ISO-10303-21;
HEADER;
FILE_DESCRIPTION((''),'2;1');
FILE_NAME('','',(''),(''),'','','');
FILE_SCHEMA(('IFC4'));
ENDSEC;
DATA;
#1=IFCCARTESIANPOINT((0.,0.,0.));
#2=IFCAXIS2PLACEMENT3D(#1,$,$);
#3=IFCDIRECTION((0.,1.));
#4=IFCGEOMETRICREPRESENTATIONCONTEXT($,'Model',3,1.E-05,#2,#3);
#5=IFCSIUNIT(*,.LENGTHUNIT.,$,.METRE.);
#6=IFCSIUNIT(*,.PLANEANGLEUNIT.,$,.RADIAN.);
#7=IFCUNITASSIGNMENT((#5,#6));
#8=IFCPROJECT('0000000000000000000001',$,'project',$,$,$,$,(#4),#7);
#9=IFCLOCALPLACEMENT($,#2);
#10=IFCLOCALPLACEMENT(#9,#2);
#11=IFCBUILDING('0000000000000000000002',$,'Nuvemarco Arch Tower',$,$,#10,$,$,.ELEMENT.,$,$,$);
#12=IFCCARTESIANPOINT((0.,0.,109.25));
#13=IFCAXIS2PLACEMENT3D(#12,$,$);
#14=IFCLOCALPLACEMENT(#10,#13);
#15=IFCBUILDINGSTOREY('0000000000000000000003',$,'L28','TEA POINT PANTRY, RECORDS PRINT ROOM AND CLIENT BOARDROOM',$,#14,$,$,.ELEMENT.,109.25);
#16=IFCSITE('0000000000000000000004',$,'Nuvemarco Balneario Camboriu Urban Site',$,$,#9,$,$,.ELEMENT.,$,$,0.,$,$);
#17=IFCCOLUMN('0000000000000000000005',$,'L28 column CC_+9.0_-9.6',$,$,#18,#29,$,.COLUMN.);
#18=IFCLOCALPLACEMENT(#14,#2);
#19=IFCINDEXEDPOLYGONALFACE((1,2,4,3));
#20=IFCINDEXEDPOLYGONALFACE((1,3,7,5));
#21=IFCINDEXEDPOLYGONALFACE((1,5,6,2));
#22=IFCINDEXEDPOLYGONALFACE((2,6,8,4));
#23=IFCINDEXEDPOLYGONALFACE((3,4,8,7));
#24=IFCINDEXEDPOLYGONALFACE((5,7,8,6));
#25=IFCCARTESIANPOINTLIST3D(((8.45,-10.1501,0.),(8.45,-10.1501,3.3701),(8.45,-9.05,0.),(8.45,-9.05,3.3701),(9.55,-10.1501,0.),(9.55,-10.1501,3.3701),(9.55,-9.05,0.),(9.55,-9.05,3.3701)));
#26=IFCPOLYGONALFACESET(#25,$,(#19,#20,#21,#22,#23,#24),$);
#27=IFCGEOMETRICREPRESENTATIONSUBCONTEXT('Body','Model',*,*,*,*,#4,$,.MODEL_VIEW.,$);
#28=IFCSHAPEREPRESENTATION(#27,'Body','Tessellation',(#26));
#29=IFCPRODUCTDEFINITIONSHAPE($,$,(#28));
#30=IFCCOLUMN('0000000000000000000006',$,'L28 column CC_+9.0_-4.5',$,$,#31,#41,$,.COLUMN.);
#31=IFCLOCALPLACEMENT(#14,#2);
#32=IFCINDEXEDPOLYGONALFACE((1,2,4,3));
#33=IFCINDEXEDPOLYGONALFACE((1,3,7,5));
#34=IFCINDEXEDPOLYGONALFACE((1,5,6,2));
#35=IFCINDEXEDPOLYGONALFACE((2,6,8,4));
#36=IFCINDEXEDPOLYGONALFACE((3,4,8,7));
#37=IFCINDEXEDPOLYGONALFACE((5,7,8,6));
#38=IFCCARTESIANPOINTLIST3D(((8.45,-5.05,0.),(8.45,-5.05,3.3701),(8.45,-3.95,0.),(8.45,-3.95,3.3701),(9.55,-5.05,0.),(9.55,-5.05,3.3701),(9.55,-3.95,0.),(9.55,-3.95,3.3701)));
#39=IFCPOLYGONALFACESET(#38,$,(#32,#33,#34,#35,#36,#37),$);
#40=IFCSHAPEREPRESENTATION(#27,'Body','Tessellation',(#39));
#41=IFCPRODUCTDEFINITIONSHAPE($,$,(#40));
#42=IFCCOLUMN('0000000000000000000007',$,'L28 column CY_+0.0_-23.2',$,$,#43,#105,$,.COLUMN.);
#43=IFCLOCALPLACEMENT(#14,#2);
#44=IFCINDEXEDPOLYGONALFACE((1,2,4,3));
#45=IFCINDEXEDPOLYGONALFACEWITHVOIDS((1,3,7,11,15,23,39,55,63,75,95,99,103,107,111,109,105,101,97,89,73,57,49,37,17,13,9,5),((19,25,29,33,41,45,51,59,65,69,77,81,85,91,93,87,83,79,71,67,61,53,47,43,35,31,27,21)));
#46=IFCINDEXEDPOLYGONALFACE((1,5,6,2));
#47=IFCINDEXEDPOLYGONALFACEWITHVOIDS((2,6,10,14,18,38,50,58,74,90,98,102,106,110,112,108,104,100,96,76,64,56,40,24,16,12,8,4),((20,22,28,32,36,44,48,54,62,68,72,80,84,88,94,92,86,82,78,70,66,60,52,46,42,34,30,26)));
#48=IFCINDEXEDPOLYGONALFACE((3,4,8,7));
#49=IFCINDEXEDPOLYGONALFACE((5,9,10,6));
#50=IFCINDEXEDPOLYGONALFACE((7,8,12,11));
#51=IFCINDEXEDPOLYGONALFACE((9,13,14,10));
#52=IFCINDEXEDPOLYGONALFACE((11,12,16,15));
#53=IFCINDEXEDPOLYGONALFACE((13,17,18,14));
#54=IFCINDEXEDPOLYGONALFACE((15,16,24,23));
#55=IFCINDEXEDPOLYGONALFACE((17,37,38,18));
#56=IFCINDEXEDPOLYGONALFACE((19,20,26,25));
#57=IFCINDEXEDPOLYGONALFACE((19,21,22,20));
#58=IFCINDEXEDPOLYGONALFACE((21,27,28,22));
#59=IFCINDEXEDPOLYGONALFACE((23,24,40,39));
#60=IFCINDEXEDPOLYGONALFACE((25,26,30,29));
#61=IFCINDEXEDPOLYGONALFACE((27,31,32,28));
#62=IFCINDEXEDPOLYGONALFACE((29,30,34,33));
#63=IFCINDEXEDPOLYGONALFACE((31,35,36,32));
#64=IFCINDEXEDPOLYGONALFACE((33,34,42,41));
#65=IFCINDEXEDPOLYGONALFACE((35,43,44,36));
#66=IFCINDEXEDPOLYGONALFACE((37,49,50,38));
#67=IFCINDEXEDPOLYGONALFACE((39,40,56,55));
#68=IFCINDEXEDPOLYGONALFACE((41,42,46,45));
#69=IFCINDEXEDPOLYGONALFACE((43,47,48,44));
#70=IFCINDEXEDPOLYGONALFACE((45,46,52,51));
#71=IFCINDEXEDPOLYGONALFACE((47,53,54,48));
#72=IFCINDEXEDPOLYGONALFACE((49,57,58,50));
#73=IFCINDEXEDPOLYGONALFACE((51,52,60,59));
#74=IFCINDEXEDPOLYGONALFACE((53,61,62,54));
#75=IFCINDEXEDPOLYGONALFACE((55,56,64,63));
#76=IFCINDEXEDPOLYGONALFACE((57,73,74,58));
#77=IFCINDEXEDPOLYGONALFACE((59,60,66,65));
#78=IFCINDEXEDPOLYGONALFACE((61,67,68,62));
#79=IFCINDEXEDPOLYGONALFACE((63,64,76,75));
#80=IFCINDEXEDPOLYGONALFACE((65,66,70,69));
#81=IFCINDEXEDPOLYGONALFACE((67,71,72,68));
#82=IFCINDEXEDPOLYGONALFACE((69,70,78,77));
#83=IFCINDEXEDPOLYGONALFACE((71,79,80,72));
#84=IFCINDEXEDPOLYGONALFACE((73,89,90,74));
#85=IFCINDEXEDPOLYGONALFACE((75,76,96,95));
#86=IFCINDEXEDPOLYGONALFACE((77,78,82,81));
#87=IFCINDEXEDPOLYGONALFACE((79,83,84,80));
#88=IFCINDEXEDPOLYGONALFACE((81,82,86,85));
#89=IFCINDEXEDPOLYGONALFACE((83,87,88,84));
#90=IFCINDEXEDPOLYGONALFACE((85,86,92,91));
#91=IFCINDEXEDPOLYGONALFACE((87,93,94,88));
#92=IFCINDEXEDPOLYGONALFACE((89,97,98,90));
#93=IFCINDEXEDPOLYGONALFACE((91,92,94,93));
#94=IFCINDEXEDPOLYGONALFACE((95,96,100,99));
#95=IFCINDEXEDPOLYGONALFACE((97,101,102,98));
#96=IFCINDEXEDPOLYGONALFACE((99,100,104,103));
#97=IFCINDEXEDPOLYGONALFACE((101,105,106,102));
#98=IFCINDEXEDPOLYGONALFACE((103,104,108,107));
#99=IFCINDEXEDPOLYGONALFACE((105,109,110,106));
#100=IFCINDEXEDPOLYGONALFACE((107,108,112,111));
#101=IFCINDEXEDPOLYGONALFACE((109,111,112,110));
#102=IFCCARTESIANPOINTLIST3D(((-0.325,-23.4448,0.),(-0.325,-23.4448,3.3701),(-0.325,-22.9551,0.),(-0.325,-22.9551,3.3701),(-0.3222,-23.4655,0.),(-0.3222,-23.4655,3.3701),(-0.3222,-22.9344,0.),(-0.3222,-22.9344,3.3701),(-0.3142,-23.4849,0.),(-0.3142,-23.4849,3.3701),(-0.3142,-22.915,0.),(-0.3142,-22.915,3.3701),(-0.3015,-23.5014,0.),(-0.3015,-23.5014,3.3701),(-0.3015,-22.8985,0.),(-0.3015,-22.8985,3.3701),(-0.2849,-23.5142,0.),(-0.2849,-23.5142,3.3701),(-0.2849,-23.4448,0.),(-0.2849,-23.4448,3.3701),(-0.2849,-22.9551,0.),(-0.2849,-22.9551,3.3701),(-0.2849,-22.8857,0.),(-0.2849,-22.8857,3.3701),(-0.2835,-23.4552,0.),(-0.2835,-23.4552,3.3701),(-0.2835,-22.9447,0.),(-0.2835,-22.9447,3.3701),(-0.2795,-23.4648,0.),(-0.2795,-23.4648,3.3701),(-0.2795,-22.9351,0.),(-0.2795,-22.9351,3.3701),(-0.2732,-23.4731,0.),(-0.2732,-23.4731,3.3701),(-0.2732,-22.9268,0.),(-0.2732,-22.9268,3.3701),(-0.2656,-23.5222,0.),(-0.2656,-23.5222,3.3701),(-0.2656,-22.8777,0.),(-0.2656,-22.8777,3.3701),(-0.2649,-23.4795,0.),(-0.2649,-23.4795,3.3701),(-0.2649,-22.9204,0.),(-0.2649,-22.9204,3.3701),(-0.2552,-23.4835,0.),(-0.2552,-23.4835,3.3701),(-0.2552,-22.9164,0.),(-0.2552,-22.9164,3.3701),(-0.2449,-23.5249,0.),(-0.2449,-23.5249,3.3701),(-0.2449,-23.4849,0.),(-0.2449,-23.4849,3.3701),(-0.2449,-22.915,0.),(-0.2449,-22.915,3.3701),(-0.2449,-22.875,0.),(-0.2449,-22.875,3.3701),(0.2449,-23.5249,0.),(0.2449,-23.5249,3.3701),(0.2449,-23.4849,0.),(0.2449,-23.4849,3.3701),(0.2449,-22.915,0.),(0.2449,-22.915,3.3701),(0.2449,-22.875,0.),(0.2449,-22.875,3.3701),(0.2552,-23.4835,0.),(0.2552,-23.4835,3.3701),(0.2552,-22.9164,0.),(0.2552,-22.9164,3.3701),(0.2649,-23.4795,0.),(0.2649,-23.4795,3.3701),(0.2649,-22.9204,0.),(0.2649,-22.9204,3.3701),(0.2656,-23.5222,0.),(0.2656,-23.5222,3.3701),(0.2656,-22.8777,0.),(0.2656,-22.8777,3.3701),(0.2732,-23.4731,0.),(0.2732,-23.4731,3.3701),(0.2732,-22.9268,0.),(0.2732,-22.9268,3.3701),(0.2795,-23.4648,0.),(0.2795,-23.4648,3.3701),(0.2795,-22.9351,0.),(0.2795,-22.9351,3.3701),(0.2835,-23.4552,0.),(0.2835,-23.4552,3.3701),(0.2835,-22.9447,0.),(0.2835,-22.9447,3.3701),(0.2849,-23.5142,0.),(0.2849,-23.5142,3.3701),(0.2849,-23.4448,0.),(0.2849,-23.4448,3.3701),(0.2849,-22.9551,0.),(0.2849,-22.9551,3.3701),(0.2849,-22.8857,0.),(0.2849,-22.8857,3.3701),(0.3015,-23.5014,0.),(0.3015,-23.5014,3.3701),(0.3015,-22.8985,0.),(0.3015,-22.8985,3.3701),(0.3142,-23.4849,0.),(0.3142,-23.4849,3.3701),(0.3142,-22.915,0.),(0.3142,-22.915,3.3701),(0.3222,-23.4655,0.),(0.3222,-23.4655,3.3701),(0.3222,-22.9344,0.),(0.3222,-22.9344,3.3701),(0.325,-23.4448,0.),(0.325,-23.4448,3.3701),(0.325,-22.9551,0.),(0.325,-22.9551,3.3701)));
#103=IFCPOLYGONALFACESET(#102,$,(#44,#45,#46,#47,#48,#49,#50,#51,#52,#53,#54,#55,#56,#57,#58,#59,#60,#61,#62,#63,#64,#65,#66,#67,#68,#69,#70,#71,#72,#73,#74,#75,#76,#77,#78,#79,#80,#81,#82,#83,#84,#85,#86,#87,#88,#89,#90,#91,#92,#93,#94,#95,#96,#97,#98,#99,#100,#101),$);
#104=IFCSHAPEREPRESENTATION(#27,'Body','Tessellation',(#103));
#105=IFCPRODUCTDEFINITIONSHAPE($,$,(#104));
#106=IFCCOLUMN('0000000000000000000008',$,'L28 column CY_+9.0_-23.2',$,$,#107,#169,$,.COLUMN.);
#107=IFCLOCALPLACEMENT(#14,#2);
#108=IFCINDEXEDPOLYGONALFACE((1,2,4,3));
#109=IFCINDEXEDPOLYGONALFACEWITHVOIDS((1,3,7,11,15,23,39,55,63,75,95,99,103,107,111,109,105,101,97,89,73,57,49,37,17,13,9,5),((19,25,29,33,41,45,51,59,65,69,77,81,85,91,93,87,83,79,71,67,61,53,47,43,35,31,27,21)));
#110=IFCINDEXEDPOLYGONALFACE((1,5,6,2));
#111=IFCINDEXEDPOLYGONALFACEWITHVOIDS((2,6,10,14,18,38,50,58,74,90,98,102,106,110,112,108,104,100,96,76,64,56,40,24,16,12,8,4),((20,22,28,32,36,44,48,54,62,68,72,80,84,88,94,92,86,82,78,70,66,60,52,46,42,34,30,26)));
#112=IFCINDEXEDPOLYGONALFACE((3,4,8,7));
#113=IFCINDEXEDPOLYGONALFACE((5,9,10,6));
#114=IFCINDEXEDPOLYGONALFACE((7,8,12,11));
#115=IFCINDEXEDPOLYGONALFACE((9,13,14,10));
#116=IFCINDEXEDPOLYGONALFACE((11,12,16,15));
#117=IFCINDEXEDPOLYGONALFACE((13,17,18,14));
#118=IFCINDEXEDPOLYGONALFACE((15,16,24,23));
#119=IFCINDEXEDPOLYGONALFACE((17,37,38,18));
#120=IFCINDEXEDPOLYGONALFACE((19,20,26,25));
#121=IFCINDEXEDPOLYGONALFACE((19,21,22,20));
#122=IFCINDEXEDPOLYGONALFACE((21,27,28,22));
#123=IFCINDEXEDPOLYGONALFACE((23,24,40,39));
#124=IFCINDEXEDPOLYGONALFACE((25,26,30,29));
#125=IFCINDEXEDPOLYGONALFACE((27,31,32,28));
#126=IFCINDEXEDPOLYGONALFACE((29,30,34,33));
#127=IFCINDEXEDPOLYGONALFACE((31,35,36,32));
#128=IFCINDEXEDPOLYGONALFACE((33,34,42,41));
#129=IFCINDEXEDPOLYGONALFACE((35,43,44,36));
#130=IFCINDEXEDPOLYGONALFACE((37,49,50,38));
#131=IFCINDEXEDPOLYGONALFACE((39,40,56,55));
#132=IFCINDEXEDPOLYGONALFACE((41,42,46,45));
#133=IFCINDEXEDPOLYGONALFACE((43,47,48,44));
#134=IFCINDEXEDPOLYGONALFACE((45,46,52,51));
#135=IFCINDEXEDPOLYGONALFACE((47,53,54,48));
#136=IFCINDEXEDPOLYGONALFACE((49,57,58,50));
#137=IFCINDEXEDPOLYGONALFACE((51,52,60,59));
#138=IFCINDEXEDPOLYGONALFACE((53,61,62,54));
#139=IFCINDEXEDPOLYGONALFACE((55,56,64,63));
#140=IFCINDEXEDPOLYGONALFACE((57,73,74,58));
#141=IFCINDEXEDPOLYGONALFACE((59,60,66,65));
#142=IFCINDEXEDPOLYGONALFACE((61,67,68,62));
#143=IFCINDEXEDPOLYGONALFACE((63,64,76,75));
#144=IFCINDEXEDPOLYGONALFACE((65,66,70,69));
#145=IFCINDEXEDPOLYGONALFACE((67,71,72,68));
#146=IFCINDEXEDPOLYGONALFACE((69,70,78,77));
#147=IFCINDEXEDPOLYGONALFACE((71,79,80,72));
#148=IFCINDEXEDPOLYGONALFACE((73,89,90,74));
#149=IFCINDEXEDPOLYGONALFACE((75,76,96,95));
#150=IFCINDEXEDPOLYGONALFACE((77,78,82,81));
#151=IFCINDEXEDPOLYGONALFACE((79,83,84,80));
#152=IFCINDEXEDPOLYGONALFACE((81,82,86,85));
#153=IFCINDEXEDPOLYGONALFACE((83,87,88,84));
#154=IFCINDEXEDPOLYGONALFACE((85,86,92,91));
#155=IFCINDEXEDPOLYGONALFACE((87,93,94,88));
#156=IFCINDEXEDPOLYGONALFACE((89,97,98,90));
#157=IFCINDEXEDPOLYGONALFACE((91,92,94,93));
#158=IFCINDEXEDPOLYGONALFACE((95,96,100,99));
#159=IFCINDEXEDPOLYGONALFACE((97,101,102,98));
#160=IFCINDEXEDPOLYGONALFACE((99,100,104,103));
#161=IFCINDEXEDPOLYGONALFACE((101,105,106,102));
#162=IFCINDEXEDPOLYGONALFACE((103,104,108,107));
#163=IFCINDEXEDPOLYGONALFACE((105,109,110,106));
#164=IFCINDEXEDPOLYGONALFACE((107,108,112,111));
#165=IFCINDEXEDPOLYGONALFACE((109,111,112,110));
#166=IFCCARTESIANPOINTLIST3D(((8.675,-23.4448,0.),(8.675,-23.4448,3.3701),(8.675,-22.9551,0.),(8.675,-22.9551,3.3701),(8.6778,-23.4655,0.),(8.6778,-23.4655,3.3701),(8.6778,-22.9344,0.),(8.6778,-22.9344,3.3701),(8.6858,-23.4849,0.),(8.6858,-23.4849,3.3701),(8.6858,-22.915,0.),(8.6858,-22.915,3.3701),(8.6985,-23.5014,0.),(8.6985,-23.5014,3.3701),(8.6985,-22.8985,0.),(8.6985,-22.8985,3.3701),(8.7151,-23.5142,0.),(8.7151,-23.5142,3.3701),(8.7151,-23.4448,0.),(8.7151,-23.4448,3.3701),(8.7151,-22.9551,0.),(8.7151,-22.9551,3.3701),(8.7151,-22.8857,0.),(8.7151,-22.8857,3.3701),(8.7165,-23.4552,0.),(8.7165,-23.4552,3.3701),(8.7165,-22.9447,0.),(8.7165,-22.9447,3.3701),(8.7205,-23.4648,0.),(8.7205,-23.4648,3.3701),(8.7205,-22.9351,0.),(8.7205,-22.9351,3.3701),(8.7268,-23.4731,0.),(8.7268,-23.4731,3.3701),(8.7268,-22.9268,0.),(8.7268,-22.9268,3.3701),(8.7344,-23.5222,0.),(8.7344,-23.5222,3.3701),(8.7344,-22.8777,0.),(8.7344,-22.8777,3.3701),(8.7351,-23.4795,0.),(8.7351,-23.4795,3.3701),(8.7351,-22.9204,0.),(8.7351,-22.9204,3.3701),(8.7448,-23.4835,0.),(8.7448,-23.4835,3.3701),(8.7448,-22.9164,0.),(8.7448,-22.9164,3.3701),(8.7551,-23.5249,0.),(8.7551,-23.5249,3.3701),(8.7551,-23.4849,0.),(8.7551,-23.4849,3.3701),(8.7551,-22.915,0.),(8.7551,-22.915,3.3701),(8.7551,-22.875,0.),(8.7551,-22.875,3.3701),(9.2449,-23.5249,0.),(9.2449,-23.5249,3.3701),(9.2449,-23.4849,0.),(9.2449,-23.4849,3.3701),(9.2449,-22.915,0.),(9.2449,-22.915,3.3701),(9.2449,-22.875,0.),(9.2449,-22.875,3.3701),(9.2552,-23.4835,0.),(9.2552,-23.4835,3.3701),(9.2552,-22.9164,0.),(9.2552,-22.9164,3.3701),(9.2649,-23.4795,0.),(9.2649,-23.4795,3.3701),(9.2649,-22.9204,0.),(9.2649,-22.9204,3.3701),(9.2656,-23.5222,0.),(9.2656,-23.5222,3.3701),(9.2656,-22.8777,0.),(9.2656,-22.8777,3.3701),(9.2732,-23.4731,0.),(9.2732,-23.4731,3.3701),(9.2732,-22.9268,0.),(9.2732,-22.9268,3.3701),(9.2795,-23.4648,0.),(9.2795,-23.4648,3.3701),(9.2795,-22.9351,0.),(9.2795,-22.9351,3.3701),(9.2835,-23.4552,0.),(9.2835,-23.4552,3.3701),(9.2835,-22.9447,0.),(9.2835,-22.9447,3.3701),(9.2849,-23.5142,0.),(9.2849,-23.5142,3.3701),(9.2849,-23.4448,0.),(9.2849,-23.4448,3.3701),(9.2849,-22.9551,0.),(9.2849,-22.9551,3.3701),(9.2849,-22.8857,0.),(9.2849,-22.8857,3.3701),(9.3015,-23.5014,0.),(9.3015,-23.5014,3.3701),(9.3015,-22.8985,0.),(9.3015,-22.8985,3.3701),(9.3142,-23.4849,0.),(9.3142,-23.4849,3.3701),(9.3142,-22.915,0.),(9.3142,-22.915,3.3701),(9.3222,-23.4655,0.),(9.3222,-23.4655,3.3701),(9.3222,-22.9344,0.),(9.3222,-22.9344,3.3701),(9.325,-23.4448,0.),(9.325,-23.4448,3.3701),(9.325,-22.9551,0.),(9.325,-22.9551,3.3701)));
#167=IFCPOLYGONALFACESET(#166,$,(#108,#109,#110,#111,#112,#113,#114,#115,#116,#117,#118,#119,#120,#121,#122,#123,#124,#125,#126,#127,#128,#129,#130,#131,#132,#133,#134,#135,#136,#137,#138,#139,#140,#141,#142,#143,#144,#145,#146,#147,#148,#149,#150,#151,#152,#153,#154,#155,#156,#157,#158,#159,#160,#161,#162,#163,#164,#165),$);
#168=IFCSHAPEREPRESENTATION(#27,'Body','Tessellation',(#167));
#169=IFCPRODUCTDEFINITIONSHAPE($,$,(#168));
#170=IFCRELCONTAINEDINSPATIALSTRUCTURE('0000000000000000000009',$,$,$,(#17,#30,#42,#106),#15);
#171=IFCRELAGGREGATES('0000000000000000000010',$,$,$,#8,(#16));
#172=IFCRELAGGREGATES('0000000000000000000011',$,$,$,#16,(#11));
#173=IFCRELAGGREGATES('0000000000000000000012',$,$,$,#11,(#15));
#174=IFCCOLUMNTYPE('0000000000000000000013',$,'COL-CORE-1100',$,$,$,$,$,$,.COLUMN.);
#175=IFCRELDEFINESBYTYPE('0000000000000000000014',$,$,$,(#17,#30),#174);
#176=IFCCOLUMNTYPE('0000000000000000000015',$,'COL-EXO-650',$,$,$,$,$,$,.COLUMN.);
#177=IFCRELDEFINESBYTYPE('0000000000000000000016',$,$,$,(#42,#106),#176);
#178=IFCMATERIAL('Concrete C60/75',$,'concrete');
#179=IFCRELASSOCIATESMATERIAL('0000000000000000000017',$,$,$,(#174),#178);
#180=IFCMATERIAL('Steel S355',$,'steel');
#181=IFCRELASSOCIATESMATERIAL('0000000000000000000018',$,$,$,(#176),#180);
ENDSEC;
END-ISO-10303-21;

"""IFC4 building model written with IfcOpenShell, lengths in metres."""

from ifc_helpers import new_model, si_unit, direction, frame, origin, origin_2d, place, context, subcontext, project, spatial, rectangle, hollow_rectangle, extrude, material, material_profile, profile_set, type_object, element, save


model = new_model("IFC4")

# Units and contexts
model_context = context("Model", 3, precision=1e-05, world=origin(), true_north=direction((0.0, 1.0)))
body_context = subcontext(model_context, "Body", "Model", "MODEL_VIEW")
ifc_project = project(units=[si_unit("LENGTHUNIT", "METRE"), si_unit("PLANEANGLEUNIT", "RADIAN")], contexts=[model_context])

# Site, building, storey
site_placement = place(None, origin())
site = spatial("IfcSite", under=ifc_project, at=site_placement, Name="Nuvemarco Balneario Camboriu Urban Site", CompositionType="ELEMENT", RefElevation=0.0)
building_placement = place(site_placement, origin())
building = spatial("IfcBuilding", under=site, at=building_placement, Name="Nuvemarco Arch Tower", CompositionType="ELEMENT")
storey_placement = place(building_placement, frame((0.0, 0.0, 109.25)))
storey = spatial("IfcBuildingStorey", under=building, at=storey_placement, Name="L28", Description="TEA POINT PANTRY, RECORDS PRINT ROOM AND CLIENT BOARDROOM", CompositionType="ELEMENT", Elevation=109.25)

# Columns
ifc_material_1 = material(Name="Concrete C60/75", Category="concrete")
ifc_material_profile_1 = material_profile(ifc_material_1, rectangle(XDim=1.1001, YDim=1.1001, at=origin_2d()), Name="RC-COL-1100x1100")
ifc_profile_set_1 = profile_set([ifc_material_profile_1], Name="Concrete C60/75")
column_type_1 = type_object("IfcColumnType", Name="COL-CORE-1100", PredefinedType="COLUMN", material=ifc_profile_set_1)
for number, where, z_axis, x_axis, name in (
    (1, (9.0, -9.6001, 0.0), (0.0, 0.0, 1.0), (1.0, 0.0, 0.0), "L28 column CC_+9.0_-9.6"),
    (2, (9.0, -4.5, 0.0), (0.0, 0.0, 1.0), (1.0, 0.0, 0.0), "L28 column CC_+9.0_-4.5"),
):
    element("IfcColumn", number, at=place(storey_placement, frame(where, z_axis=z_axis, x_axis=x_axis)), inside=storey, type_object=column_type_1, Name=name, PredefinedType="COLUMN", context=body_context, shape_type="SweptSolid", body=[
        extrude(rectangle(XDim=1.1001, YDim=1.1001, at=origin_2d()), origin(), (0.0, 0.0, 1.0), 3.3701),
    ])
ifc_material_2 = material(Name="Steel S355", Category="steel")
ifc_material_profile_2 = material_profile(ifc_material_2, hollow_rectangle(XDim=0.6499, YDim=0.6499, WallThickness=0.04, InnerFilletRadius=0.04, OuterFilletRadius=0.0801, at=origin_2d()), Name="SHS650x650x40")
ifc_profile_set_2 = profile_set([ifc_material_profile_2], Name="Steel S355")
column_type_2 = type_object("IfcColumnType", Name="COL-EXO-650", PredefinedType="COLUMN", material=ifc_profile_set_2)
for number, where, z_axis, x_axis, name in (
    (3, (0.0, -23.2, 0.0), (0.0, 0.0, 1.0), (1.0, 0.0, 0.0), "L28 column CY_+0.0_-23.2"),
    (4, (9.0, -23.2, 0.0), (0.0, 0.0, 1.0), (1.0, 0.0, 0.0), "L28 column CY_+9.0_-23.2"),
):
    element("IfcColumn", number, at=place(storey_placement, frame(where, z_axis=z_axis, x_axis=x_axis)), inside=storey, type_object=column_type_2, Name=name, PredefinedType="COLUMN", context=body_context, shape_type="SweptSolid", body=[
        extrude(hollow_rectangle(XDim=0.6499, YDim=0.6499, WallThickness=0.04, InnerFilletRadius=0.04, OuterFilletRadius=0.0801, at=origin_2d()), origin(), (0.0, 0.0, 1.0), 3.3701),
    ])

save(model, "model.ifc")
